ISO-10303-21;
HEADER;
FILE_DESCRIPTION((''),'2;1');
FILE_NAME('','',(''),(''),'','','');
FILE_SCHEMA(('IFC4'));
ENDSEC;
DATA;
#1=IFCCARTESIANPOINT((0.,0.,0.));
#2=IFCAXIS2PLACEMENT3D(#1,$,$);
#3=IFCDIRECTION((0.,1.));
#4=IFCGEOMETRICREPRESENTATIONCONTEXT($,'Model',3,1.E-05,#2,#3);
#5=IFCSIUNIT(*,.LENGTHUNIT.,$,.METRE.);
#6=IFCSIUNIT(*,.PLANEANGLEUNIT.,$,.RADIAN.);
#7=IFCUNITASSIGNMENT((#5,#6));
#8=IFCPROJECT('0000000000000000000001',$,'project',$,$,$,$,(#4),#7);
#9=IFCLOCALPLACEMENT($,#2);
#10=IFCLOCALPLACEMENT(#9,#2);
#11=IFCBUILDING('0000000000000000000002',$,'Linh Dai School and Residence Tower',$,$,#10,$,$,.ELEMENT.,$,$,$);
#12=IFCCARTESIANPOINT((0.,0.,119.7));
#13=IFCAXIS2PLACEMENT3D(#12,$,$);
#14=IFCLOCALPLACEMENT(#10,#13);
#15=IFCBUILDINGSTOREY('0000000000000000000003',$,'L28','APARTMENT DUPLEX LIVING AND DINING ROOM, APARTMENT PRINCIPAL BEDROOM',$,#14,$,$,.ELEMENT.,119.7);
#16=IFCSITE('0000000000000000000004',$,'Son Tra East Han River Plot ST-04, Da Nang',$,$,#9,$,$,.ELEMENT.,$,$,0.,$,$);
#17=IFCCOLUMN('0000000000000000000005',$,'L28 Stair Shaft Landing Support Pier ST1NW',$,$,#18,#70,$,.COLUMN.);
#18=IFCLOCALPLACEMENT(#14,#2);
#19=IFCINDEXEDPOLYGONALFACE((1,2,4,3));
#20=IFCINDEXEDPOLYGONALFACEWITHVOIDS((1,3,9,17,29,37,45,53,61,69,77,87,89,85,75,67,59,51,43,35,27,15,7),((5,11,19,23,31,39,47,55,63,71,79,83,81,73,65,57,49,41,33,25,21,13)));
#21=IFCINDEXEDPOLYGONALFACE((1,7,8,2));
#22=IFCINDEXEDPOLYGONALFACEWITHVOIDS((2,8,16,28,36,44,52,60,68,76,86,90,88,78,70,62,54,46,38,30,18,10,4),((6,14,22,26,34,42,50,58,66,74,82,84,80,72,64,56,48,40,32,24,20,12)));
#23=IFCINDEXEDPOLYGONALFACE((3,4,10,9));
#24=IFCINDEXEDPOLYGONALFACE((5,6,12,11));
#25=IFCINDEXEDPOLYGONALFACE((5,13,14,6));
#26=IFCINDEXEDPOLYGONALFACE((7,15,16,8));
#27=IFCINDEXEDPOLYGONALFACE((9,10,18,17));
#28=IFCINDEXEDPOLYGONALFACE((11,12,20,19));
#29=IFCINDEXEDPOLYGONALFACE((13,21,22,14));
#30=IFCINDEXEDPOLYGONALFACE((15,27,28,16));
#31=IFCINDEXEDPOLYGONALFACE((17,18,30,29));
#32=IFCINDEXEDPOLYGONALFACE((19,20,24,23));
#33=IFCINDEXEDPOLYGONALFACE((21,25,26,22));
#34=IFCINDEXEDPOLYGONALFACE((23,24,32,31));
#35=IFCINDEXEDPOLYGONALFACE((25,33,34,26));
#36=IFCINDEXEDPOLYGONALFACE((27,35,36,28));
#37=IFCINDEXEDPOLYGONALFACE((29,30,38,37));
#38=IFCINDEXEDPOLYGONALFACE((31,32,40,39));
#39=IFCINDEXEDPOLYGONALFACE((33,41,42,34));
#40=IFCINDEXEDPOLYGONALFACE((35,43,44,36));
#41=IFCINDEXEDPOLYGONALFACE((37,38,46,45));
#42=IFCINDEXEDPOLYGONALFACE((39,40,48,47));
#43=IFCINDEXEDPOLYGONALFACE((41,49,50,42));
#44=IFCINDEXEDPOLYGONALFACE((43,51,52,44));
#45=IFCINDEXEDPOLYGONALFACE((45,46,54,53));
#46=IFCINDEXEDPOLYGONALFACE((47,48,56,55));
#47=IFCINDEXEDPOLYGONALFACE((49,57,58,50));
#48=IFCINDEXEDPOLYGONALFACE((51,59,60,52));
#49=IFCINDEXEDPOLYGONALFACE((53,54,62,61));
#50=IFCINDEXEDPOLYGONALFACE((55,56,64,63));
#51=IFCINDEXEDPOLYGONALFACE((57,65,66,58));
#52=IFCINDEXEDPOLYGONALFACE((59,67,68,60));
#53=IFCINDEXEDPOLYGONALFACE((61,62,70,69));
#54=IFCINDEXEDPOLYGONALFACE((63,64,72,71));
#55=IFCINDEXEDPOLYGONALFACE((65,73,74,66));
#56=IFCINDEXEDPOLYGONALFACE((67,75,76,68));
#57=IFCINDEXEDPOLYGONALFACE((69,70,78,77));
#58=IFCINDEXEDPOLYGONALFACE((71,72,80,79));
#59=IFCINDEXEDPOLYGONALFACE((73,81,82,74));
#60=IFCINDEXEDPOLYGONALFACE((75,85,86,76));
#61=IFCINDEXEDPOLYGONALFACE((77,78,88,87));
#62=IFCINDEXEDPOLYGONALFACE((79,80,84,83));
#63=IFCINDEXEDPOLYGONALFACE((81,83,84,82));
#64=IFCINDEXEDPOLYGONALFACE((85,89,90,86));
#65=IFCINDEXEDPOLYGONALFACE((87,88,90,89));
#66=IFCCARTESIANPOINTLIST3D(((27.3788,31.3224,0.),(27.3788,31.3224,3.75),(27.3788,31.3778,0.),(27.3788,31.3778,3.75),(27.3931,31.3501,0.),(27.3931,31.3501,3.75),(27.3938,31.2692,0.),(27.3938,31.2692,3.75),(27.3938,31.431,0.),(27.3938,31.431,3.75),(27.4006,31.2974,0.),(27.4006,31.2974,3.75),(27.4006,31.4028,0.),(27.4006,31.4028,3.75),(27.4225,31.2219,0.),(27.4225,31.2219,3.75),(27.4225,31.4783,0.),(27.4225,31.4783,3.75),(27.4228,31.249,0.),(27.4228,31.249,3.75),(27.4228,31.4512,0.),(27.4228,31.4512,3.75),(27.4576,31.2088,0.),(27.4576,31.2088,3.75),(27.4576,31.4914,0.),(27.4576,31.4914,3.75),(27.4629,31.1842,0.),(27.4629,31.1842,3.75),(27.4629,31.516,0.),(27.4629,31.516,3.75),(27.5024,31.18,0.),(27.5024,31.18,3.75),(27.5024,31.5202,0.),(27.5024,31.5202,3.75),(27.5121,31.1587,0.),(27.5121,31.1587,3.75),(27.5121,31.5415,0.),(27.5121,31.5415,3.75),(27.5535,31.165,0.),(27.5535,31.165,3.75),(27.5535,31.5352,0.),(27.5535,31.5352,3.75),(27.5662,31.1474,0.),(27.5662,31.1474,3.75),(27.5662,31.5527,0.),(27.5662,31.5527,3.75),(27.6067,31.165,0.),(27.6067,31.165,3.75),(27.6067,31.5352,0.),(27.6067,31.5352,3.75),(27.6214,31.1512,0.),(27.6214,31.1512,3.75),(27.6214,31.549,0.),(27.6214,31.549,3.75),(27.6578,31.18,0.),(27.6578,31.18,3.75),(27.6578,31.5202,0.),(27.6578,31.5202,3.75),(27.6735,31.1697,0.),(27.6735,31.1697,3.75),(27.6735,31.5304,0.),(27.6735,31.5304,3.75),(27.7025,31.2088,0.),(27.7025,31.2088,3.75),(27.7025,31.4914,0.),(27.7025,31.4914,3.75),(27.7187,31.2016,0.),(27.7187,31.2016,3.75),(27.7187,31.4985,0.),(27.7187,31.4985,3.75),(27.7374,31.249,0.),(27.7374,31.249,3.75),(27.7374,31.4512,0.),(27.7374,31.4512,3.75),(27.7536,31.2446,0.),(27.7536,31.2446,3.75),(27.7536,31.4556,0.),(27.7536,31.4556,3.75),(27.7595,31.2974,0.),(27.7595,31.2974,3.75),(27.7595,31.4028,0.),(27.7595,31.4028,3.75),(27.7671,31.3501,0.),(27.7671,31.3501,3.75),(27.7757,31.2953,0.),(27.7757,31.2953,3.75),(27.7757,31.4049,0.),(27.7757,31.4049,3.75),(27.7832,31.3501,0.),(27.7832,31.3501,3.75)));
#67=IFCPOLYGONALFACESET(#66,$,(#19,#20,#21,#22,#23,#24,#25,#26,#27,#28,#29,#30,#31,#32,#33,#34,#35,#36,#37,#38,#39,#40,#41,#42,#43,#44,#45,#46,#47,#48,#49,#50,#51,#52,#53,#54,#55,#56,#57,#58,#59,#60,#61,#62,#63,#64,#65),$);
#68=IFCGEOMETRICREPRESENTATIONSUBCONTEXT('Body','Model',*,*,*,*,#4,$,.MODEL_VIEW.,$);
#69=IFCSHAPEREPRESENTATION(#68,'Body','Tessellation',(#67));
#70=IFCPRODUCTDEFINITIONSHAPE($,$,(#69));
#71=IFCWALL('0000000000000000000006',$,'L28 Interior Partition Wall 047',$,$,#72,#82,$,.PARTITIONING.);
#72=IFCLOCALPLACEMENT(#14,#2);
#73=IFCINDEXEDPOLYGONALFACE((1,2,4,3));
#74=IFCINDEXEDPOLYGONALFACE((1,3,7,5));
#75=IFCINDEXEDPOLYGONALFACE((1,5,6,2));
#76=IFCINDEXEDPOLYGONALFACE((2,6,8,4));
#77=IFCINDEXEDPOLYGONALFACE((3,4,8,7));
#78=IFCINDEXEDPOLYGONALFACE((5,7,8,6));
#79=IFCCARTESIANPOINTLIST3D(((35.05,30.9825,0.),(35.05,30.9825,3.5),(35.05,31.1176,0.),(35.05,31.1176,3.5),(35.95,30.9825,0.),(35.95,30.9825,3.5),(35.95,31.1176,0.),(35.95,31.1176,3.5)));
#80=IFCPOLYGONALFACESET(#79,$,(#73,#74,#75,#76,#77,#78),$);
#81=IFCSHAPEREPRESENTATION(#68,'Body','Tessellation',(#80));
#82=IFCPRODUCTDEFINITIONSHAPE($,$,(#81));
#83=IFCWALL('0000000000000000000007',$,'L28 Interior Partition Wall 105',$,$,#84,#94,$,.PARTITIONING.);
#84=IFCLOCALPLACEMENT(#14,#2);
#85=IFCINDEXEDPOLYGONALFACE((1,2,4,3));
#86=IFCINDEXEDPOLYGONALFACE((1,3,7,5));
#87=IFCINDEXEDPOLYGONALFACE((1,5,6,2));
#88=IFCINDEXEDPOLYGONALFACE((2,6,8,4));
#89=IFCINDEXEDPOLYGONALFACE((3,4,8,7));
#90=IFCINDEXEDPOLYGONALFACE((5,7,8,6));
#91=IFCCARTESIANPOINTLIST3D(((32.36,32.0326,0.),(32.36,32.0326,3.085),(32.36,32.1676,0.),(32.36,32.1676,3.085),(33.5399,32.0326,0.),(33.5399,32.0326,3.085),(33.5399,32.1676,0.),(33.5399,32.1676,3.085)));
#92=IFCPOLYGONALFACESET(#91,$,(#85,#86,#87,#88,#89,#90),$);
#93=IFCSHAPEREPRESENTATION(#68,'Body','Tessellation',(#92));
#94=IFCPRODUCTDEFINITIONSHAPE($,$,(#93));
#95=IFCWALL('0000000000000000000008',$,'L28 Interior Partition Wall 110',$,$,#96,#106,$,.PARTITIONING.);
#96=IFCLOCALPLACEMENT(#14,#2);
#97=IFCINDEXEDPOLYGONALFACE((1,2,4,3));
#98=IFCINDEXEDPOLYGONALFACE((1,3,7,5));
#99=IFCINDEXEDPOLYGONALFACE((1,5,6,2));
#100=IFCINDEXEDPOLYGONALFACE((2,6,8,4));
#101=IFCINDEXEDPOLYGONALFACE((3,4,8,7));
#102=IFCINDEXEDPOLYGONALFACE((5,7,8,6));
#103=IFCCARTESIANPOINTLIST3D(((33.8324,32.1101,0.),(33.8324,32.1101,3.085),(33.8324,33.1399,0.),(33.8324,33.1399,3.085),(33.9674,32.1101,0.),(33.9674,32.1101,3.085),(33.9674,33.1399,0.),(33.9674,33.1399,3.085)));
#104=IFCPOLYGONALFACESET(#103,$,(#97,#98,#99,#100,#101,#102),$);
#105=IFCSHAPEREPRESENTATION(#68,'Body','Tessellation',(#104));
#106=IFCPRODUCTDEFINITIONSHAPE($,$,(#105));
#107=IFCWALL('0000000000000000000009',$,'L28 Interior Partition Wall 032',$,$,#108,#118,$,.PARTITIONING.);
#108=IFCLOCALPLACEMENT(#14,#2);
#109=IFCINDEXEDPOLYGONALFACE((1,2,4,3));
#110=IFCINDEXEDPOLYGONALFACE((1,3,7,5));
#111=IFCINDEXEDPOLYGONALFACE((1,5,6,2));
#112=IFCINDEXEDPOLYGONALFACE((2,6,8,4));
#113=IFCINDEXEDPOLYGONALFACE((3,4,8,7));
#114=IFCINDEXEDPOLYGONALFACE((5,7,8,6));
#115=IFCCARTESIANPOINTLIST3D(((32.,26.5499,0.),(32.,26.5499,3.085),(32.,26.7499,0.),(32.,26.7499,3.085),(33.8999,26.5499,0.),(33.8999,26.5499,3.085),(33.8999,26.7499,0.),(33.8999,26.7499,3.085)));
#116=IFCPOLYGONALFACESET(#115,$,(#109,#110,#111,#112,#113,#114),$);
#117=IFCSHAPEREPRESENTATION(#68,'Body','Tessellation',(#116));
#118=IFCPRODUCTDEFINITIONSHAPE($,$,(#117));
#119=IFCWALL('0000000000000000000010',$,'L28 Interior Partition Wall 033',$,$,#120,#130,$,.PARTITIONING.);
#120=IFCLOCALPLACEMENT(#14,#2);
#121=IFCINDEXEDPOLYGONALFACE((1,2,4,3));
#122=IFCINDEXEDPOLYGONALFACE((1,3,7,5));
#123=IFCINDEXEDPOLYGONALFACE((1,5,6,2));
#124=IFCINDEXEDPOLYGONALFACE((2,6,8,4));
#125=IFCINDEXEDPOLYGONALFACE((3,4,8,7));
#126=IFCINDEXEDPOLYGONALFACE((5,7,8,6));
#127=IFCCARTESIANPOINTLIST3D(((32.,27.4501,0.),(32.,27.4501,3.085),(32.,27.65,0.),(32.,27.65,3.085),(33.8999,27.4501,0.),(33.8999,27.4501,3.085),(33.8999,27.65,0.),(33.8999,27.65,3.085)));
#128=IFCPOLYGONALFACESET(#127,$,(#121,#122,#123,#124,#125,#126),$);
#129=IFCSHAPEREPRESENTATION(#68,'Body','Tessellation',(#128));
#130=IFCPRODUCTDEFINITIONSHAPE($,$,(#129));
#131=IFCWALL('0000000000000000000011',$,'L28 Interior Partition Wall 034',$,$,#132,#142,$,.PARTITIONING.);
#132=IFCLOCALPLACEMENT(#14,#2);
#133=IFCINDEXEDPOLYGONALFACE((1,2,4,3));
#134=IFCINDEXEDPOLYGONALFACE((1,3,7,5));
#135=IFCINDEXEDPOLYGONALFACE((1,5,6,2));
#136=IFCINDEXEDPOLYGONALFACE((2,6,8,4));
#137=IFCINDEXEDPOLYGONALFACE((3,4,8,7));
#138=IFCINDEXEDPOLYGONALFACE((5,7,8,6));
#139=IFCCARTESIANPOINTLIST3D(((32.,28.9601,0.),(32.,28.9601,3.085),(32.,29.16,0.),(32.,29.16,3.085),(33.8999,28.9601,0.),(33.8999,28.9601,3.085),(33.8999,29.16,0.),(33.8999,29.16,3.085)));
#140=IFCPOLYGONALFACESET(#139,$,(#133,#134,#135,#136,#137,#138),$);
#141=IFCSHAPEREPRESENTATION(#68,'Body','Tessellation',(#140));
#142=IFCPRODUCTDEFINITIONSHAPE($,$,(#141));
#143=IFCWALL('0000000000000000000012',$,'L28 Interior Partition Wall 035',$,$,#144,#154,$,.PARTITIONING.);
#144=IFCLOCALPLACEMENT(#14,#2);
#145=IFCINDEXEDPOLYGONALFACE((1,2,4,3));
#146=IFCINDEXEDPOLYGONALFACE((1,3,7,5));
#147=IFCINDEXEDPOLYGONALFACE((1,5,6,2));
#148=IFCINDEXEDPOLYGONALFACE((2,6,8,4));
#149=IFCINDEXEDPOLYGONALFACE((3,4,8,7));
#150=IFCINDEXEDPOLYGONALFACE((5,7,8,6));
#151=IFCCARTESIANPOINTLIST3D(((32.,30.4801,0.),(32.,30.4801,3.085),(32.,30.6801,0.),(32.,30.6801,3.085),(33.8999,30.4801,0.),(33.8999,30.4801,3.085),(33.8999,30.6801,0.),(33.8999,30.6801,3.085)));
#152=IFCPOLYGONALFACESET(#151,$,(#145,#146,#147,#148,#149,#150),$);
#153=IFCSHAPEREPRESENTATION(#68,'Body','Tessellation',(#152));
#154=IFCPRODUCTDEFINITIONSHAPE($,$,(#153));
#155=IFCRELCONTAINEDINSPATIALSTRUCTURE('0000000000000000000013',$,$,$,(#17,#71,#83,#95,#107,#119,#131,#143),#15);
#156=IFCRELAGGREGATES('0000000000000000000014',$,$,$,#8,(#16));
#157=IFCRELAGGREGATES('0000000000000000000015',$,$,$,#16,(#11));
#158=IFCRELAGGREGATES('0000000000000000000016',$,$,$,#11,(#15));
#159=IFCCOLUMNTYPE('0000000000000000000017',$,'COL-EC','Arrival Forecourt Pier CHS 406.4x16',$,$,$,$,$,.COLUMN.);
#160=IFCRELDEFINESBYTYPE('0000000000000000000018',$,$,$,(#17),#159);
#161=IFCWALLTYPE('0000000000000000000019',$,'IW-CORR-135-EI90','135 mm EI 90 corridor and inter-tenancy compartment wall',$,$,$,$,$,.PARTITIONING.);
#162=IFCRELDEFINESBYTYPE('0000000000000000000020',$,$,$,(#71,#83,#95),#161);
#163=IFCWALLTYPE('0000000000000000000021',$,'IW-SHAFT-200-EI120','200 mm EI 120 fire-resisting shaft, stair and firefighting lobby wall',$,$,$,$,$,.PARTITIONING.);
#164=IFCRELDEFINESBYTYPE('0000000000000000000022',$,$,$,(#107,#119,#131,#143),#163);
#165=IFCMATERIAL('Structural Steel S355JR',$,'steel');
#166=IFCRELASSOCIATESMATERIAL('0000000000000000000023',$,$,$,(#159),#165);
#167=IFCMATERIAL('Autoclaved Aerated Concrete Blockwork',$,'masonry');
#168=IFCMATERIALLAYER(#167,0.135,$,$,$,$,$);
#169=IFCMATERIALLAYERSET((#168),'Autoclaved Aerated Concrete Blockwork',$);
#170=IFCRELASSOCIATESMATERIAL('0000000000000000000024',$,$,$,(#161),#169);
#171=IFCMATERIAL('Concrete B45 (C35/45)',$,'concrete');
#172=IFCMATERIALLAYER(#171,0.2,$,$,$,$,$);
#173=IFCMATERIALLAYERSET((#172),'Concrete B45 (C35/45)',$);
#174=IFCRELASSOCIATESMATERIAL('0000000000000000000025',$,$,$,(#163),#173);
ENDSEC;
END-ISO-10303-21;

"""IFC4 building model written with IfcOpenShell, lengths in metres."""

from ifc_helpers import new_model, si_unit, direction, frame, frame_2d, origin, origin_2d, place, context, subcontext, project, spatial, rectangle, hollow_circle, extrude, material, layer, layer_set, material_profile, profile_set, type_object, element, save


model = new_model("IFC4")

# Units and contexts
model_context = context("Model", 3, precision=1e-05, world=origin(), true_north=direction((0.0, 1.0)))
body_context = subcontext(model_context, "Body", "Model", "MODEL_VIEW")
ifc_project = project(units=[si_unit("LENGTHUNIT", "METRE"), si_unit("PLANEANGLEUNIT", "RADIAN")], contexts=[model_context])

# Site, building, storey
site_placement = place(None, origin())
site = spatial("IfcSite", under=ifc_project, at=site_placement, Name="Son Tra East Han River Plot ST-04, Da Nang", CompositionType="ELEMENT", RefElevation=0.0)
building_placement = place(site_placement, origin())
building = spatial("IfcBuilding", under=site, at=building_placement, Name="Linh Dai School and Residence Tower", CompositionType="ELEMENT")
storey_placement = place(building_placement, frame((0.0, 0.0, 119.7)))
storey = spatial("IfcBuildingStorey", under=building, at=storey_placement, Name="L28", Description="APARTMENT DUPLEX LIVING AND DINING ROOM, APARTMENT PRINCIPAL BEDROOM", CompositionType="ELEMENT", Elevation=119.7)

# Column
ifc_material_1 = material(Name="Structural Steel S355JR", Category="steel")
ifc_material_profile = material_profile(ifc_material_1, hollow_circle(Radius=0.2031, WallThickness=0.0161, at=origin_2d()), Name="CHS 406.4x16")
ifc_profile_set = profile_set([ifc_material_profile], Name="Structural Steel S355JR")
column_type = type_object("IfcColumnType", Name="COL-EC", Description="Arrival Forecourt Pier CHS 406.4x16", PredefinedType="COLUMN", material=ifc_profile_set)
column_placement = place(storey_placement, frame((27.5801, 31.3501, 0.0), z_axis=(0.0, 0.0, 1.0), x_axis=(1.0, 0.0, 0.0)))
element("IfcColumn", 1, at=column_placement, inside=storey, type_object=column_type, Name="L28 Stair Shaft Landing Support Pier ST1NW", PredefinedType="COLUMN", context=body_context, shape_type="SweptSolid", body=[
    extrude(hollow_circle(Radius=0.2031, WallThickness=0.0161, at=origin_2d()), origin(), (0.0, 0.0, 1.0), 3.75),
])

# Shared definitions
ifc_material_2 = material(Name="Autoclaved Aerated Concrete Blockwork", Category="masonry")
ifc_layer_1 = layer(ifc_material_2, 0.135)
ifc_layer_set_1 = layer_set([ifc_layer_1], Name="Autoclaved Aerated Concrete Blockwork")
wall_type_1 = type_object("IfcWallType", Name="IW-CORR-135-EI90", Description="135 mm EI 90 corridor and inter-tenancy compartment wall", PredefinedType="PARTITIONING", material=ifc_layer_set_1)

# Walls
wall_1_placement = place(storey_placement, frame((35.05, 31.05, 0.0), z_axis=(0.0, 0.0, 1.0), x_axis=(1.0, 0.0, 0.0)))
element("IfcWall", 2, at=wall_1_placement, inside=storey, type_object=wall_type_1, Name="L28 Interior Partition Wall 047", PredefinedType="PARTITIONING", context=body_context, shape_type="SweptSolid", body=[
    extrude(rectangle(XDim=0.8999, YDim=0.135, at=frame_2d((0.45, 0.0))), origin(), (0.0, 0.0, 1.0), 3.5),
])
wall_2_placement = place(storey_placement, frame((32.3601, 32.1001, 0.0), z_axis=(0.0, 0.0, 1.0), x_axis=(1.0, 0.0, 0.0)))
element("IfcWall", 3, at=wall_2_placement, inside=storey, type_object=wall_type_1, Name="L28 Interior Partition Wall 105", PredefinedType="PARTITIONING", context=body_context, shape_type="SweptSolid", body=[
    extrude(rectangle(XDim=1.1799, YDim=0.135, at=frame_2d((0.5898, 0.0))), origin(), (0.0, 0.0, 1.0), 3.085),
])
wall_3_placement = place(storey_placement, frame((33.8999, 32.1101, 0.0), z_axis=(0.0, 0.0, 1.0), x_axis=(0.0, 1.0, 0.0)))
element("IfcWall", 4, at=wall_3_placement, inside=storey, type_object=wall_type_1, Name="L28 Interior Partition Wall 110", PredefinedType="PARTITIONING", context=body_context, shape_type="SweptSolid", body=[
    extrude(rectangle(XDim=1.0298, YDim=0.135, at=frame_2d((0.5149, 0.0))), origin(), (0.0, 0.0, 1.0), 3.085),
])
ifc_material_3 = material(Name="Concrete B45 (C35/45)", Category="concrete")
ifc_layer_2 = layer(ifc_material_3, 0.2)
ifc_layer_set_2 = layer_set([ifc_layer_2], Name="Concrete B45 (C35/45)")
wall_type_2 = type_object("IfcWallType", Name="IW-SHAFT-200-EI120", Description="200 mm EI 120 fire-resisting shaft, stair and firefighting lobby wall", PredefinedType="PARTITIONING", material=ifc_layer_set_2)
for number, where, z_axis, x_axis, name in (
    (5, (32.0, 26.6499, 0.0), (0.0, 0.0, 1.0), (1.0, 0.0, 0.0), "L28 Interior Partition Wall 032"),
    (6, (32.0, 27.55, 0.0), (0.0, 0.0, 1.0), (1.0, 0.0, 0.0), "L28 Interior Partition Wall 033"),
    (7, (32.0, 29.0601, 0.0), (0.0, 0.0, 1.0), (1.0, 0.0, 0.0), "L28 Interior Partition Wall 034"),
    (8, (32.0, 30.5801, 0.0), (0.0, 0.0, 1.0), (1.0, 0.0, 0.0), "L28 Interior Partition Wall 035"),
):
    element("IfcWall", number, at=place(storey_placement, frame(where, z_axis=z_axis, x_axis=x_axis)), inside=storey, type_object=wall_type_2, Name=name, PredefinedType="PARTITIONING", context=body_context, shape_type="SweptSolid", body=[
        extrude(rectangle(XDim=1.8999, YDim=0.2, at=frame_2d((0.95, 0.0))), origin(), (0.0, 0.0, 1.0), 3.085),
    ])

save(model, "model.ifc")
